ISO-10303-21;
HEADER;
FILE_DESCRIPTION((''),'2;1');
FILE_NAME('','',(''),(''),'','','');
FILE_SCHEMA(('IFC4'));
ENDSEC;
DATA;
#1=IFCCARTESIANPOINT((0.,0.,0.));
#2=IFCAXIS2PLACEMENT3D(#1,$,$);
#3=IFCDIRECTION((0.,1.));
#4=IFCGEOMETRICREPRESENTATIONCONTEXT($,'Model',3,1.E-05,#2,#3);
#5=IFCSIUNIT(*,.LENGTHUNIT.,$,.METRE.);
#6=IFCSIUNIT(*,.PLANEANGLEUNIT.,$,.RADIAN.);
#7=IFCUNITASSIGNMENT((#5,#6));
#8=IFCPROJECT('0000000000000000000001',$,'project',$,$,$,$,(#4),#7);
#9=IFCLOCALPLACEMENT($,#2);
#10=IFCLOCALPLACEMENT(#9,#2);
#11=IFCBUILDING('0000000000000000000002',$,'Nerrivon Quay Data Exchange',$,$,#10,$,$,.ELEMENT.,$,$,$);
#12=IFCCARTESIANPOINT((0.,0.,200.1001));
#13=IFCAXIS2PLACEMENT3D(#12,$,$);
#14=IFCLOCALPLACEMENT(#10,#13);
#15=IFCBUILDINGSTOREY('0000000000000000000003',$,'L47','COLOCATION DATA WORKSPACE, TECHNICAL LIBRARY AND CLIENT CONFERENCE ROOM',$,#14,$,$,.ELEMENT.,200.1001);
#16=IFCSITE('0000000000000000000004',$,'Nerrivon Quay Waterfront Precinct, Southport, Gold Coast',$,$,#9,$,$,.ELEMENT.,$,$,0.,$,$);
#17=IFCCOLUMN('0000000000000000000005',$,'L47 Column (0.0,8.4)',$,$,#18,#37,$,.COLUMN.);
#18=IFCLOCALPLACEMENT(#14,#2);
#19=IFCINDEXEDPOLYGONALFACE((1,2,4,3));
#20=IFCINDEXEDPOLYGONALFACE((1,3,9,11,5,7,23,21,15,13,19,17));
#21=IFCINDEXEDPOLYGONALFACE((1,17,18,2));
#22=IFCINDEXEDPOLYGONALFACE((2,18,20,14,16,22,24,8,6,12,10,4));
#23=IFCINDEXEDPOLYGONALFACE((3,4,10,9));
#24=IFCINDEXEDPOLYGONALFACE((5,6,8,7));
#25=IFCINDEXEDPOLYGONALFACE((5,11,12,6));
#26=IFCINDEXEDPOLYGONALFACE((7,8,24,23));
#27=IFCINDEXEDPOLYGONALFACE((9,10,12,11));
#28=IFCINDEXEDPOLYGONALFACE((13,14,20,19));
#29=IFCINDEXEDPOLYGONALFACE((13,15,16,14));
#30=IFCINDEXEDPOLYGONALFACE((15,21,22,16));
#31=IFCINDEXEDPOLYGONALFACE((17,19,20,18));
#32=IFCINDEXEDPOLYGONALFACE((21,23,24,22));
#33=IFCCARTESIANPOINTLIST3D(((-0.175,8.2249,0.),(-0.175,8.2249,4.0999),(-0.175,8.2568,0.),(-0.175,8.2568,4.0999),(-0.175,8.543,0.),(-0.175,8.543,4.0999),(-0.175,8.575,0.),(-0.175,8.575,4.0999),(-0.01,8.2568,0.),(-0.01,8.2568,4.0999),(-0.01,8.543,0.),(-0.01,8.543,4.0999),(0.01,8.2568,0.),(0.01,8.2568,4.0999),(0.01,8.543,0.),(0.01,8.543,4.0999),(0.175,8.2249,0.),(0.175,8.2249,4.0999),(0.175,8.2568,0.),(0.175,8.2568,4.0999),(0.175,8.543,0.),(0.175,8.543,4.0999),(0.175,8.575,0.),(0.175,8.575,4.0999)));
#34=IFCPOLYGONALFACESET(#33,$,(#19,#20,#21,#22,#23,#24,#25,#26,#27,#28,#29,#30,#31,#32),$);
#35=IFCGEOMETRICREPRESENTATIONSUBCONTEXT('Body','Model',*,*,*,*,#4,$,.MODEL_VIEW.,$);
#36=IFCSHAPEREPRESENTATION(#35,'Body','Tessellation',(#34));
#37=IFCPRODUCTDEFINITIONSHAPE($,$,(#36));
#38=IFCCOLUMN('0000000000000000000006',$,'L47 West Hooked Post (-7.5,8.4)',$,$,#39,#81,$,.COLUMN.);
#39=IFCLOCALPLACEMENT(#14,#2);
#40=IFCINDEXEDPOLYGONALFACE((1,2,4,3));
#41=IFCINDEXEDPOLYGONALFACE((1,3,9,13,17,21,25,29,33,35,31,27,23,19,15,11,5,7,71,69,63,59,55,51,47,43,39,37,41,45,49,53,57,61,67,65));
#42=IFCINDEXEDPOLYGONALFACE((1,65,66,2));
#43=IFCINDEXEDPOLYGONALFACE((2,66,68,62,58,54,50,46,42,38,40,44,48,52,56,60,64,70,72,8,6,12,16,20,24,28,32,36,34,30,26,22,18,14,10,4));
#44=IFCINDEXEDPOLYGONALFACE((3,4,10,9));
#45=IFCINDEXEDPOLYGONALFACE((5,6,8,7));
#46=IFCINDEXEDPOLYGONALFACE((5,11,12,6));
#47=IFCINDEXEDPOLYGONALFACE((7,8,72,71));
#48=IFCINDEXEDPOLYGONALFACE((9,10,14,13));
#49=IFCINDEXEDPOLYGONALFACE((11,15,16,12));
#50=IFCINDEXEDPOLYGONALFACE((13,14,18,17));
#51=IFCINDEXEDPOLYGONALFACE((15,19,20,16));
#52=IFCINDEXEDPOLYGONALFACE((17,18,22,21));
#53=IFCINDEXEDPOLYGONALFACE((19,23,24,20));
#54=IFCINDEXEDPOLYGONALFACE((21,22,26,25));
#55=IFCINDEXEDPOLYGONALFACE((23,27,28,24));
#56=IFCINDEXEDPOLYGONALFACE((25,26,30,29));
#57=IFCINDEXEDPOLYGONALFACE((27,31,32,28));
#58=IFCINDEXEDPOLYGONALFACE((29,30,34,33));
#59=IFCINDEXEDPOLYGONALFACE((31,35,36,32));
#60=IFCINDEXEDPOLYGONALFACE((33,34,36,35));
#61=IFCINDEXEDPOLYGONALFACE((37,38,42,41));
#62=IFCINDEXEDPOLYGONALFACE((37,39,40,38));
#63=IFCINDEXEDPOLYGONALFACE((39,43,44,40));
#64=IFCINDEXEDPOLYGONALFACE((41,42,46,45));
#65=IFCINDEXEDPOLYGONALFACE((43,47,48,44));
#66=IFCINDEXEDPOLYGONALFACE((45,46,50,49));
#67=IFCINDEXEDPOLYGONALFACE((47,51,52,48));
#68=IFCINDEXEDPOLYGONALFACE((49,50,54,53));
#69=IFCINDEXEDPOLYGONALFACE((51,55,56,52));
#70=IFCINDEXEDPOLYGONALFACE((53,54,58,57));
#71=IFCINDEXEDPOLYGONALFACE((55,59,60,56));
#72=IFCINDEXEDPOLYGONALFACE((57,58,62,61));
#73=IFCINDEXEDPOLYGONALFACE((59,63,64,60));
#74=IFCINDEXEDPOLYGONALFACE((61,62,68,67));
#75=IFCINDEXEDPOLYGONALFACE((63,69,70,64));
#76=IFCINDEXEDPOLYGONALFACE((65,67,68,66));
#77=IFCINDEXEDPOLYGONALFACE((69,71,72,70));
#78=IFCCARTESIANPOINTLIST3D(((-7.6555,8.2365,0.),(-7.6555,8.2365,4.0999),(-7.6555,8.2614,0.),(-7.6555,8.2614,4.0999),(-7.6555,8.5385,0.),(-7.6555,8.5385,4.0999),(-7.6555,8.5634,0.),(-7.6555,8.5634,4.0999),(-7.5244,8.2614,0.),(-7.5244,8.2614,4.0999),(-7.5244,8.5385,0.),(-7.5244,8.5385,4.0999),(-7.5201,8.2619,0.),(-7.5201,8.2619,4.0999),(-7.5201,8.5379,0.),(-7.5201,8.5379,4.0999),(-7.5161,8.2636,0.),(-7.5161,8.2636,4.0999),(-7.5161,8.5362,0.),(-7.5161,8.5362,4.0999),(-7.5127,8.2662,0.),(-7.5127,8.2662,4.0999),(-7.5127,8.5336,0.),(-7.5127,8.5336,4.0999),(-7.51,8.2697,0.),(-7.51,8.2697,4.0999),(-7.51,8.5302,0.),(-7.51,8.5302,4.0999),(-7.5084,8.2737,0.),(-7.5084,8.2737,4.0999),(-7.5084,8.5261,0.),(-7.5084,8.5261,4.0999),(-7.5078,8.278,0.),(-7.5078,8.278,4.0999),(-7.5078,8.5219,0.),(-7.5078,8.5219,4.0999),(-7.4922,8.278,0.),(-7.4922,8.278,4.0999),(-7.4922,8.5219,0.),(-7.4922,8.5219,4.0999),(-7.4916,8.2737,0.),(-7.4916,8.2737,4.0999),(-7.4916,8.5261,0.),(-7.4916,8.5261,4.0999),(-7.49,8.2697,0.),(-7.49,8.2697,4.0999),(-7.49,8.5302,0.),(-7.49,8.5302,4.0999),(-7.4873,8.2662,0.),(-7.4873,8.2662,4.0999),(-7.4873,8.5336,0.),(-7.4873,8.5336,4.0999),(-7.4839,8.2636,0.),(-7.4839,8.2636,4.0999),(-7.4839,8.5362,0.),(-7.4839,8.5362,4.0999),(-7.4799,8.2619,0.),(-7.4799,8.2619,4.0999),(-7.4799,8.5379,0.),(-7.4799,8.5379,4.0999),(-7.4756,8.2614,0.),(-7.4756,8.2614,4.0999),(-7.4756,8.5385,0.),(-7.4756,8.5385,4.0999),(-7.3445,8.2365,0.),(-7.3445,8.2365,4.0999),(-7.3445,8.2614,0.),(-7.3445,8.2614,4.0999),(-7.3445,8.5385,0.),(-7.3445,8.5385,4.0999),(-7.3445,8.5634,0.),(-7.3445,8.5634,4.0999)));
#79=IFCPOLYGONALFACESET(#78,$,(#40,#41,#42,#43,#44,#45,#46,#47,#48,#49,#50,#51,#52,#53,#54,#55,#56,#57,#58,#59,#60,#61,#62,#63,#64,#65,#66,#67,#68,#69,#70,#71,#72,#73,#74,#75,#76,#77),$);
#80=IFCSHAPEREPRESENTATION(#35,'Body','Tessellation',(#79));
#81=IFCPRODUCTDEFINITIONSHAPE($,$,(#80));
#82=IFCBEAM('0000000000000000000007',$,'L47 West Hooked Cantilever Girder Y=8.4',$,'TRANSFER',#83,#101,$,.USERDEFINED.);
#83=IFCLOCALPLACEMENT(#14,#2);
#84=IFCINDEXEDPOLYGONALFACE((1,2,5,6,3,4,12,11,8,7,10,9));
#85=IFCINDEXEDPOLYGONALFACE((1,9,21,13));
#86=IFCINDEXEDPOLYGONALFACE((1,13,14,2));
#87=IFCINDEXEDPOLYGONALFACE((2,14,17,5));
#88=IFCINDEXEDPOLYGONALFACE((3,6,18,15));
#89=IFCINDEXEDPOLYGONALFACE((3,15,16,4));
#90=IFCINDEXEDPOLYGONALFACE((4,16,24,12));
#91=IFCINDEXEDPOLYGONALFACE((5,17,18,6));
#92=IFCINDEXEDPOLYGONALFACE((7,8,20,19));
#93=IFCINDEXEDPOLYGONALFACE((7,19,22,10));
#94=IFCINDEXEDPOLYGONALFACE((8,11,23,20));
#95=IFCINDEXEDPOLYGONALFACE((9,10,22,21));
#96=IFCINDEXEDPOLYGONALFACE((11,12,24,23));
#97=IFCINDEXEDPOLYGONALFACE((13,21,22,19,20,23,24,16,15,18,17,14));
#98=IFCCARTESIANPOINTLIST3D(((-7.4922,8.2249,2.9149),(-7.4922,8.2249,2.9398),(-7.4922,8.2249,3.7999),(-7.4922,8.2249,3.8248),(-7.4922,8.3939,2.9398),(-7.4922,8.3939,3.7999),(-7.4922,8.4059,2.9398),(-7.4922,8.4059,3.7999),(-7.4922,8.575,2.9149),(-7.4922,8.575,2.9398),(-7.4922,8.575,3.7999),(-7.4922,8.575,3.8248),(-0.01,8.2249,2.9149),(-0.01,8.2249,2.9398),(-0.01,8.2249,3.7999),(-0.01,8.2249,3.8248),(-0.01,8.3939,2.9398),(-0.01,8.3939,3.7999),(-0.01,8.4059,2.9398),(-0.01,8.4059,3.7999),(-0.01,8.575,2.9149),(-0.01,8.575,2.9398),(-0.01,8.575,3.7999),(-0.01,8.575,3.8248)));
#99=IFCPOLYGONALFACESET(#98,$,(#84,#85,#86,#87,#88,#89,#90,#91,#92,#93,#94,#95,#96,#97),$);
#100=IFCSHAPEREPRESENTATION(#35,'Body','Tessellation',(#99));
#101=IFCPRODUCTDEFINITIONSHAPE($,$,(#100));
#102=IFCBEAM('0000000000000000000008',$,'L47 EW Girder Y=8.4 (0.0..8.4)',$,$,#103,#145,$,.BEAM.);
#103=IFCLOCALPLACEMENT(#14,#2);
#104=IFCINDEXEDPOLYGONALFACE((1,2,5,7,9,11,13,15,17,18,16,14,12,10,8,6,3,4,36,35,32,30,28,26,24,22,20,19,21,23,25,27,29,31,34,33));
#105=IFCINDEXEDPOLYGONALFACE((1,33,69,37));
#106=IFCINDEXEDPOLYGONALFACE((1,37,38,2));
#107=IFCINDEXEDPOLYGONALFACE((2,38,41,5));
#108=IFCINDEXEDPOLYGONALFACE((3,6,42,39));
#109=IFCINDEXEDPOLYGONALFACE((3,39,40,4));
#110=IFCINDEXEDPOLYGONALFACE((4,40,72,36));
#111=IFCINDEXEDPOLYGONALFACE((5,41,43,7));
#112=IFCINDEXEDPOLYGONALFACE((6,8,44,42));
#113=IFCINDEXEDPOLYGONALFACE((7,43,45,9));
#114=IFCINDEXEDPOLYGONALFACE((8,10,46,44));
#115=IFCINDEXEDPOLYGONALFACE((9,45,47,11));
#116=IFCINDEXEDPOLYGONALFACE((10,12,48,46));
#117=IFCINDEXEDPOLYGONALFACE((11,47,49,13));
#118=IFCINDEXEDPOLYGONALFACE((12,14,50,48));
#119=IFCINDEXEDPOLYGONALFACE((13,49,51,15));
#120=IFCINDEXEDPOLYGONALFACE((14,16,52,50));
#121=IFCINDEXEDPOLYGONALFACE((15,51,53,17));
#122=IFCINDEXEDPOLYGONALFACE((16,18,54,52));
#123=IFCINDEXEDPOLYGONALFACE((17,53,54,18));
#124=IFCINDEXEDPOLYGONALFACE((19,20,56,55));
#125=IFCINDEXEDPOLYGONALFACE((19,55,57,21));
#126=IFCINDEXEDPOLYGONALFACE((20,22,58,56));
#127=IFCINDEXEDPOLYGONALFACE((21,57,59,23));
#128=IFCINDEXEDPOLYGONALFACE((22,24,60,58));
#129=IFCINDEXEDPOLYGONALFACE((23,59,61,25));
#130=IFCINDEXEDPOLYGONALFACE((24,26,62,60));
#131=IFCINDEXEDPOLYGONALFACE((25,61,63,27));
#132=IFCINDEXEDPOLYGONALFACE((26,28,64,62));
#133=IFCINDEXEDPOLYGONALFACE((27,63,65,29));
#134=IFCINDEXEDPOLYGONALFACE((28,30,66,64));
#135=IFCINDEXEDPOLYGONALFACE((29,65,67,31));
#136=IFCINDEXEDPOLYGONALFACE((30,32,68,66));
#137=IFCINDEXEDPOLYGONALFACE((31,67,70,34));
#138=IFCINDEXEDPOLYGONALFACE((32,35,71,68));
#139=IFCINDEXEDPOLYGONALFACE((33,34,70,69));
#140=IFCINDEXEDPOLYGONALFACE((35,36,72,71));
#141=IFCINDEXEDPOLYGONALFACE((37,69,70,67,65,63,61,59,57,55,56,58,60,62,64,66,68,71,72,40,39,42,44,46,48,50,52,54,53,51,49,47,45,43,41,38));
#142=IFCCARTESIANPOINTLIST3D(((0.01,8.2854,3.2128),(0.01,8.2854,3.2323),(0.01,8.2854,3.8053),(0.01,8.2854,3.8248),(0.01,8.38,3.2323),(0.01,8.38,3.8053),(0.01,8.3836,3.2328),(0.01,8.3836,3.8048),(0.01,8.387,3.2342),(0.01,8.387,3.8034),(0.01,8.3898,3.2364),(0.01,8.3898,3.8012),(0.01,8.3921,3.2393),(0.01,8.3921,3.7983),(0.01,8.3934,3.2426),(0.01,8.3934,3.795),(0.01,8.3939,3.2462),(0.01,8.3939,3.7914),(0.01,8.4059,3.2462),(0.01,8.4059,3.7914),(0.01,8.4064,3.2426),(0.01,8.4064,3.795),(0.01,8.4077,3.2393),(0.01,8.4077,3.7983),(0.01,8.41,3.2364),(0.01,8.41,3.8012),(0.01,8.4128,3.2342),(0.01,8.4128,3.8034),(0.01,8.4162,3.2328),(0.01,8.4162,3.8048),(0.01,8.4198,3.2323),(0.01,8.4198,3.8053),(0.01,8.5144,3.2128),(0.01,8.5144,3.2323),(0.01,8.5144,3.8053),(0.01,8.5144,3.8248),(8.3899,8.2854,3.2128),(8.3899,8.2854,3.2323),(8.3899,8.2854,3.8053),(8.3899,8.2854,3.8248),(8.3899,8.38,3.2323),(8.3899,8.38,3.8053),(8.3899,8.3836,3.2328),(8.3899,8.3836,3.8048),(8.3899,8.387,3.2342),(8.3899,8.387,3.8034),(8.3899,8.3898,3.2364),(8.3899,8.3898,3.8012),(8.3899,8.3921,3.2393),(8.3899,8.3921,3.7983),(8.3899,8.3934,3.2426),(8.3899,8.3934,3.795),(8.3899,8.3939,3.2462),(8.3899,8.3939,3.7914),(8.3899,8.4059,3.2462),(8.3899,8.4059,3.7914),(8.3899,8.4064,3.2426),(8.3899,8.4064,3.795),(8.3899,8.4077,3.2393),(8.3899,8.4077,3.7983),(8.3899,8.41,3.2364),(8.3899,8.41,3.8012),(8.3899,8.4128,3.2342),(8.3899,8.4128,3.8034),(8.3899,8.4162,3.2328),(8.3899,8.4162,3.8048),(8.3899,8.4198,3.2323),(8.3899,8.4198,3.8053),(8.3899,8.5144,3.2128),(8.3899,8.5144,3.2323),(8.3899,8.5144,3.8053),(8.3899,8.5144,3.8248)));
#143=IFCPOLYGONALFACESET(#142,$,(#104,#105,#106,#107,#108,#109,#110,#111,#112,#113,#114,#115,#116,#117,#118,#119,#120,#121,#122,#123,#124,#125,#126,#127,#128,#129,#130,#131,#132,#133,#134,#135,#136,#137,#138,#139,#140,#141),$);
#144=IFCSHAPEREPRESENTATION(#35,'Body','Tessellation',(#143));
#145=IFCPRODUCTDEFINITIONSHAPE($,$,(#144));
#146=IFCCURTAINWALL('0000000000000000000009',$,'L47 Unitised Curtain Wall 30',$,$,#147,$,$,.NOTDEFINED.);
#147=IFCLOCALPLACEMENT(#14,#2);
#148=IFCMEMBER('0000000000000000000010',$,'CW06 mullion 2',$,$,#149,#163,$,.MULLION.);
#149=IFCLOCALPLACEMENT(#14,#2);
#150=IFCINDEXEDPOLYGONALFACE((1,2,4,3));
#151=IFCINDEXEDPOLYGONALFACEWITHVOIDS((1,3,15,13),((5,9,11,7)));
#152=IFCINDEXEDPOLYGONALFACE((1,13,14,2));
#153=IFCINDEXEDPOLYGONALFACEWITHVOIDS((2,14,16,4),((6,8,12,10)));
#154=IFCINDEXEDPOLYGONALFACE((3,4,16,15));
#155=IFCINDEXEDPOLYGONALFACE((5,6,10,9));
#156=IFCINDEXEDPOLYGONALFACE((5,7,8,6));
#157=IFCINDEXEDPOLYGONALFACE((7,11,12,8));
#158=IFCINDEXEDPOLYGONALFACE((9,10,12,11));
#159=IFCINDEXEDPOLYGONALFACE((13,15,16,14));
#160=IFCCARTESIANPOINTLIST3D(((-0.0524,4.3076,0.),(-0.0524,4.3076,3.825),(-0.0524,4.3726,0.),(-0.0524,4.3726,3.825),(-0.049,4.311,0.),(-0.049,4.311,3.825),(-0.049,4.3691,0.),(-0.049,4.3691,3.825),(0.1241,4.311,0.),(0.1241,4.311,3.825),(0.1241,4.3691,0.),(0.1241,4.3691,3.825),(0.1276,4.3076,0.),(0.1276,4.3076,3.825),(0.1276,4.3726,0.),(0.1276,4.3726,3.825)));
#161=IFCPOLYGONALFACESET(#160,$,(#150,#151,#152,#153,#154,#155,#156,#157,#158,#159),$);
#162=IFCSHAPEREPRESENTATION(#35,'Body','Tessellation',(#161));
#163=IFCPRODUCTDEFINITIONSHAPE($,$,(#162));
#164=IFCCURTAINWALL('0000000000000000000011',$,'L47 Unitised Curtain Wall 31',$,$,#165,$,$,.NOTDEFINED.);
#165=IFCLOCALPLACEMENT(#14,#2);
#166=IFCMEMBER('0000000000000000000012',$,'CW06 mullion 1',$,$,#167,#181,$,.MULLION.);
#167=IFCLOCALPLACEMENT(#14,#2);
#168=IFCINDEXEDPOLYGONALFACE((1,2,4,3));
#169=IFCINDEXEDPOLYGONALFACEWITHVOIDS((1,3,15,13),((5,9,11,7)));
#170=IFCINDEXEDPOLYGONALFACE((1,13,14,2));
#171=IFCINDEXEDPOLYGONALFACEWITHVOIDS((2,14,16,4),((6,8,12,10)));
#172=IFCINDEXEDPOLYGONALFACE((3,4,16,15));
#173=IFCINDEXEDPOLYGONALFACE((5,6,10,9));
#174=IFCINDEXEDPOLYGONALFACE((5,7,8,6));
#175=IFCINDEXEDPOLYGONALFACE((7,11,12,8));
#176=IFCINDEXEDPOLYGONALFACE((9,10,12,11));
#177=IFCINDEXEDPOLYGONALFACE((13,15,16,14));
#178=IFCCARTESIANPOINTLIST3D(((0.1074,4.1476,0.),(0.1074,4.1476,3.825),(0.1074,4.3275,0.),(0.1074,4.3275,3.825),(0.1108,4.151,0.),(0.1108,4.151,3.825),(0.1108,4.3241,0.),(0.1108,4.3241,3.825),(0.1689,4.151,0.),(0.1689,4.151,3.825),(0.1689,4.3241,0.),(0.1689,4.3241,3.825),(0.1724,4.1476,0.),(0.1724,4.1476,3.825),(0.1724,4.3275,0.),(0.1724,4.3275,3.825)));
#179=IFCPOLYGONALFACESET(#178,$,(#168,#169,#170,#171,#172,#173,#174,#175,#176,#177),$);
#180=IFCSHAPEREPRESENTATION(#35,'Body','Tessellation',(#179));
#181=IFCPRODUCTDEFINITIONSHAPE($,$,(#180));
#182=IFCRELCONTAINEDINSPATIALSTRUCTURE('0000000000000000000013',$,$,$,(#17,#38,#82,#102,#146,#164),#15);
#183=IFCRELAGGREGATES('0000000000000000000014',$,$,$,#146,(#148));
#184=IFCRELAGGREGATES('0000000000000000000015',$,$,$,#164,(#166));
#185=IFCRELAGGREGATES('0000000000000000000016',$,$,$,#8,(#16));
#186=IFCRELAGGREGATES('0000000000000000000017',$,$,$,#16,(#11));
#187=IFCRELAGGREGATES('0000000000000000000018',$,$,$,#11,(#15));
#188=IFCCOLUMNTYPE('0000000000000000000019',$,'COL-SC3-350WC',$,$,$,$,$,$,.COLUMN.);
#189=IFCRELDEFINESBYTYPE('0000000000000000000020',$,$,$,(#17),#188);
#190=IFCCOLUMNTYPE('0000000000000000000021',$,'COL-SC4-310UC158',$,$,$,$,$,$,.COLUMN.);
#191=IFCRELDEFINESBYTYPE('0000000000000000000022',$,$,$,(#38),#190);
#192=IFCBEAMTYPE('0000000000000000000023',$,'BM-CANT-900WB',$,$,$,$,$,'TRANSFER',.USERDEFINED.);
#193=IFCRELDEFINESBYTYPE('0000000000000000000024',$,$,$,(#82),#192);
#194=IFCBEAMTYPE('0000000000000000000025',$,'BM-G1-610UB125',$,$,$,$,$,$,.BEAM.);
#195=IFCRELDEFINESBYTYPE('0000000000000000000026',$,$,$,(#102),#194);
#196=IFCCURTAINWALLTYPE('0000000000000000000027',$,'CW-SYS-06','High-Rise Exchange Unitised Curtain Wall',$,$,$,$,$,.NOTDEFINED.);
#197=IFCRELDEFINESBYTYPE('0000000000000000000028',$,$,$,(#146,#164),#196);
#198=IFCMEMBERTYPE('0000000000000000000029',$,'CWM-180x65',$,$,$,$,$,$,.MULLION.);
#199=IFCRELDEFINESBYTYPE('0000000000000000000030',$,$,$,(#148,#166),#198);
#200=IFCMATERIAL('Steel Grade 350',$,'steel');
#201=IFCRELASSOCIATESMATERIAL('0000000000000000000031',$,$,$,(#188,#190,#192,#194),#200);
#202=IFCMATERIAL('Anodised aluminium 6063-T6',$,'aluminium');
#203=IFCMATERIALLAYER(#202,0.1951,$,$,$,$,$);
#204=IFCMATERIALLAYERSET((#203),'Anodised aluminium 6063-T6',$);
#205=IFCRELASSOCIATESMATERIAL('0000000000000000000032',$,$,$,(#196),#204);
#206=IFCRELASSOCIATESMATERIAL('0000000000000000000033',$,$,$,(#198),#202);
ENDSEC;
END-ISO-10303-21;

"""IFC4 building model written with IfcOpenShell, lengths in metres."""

from ifc_helpers import new_model, si_unit, direction, frame, origin, origin_2d, place, context, subcontext, project, spatial, hollow_rectangle, i_section, extrude, material, layer, layer_set, material_profile, profile_set, type_object, element, aggregate, save


model = new_model("IFC4")

# Units and contexts
model_context = context("Model", 3, precision=1e-05, world=origin(), true_north=direction((0.0, 1.0)))
body_context = subcontext(model_context, "Body", "Model", "MODEL_VIEW")
ifc_project = project(units=[si_unit("LENGTHUNIT", "METRE"), si_unit("PLANEANGLEUNIT", "RADIAN")], contexts=[model_context])

# Site, building, storey
site_placement = place(None, origin())
site = spatial("IfcSite", under=ifc_project, at=site_placement, Name="Nerrivon Quay Waterfront Precinct, Southport, Gold Coast", CompositionType="ELEMENT", RefElevation=0.0)
building_placement = place(site_placement, origin())
building = spatial("IfcBuilding", under=site, at=building_placement, Name="Nerrivon Quay Data Exchange", CompositionType="ELEMENT")
storey_placement = place(building_placement, frame((0.0, 0.0, 200.1001)))
storey = spatial("IfcBuildingStorey", under=building, at=storey_placement, Name="L47", Description="COLOCATION DATA WORKSPACE, TECHNICAL LIBRARY AND CLIENT CONFERENCE ROOM", CompositionType="ELEMENT", Elevation=200.1001)

# Columns
ifc_material_1 = material(Name="Steel Grade 350", Category="steel")
ifc_material_profile_1 = material_profile(ifc_material_1, i_section(OverallWidth=0.3501, OverallDepth=0.3501, WebThickness=0.02, FlangeThickness=0.032, at=origin_2d()), Name="350WC230")
ifc_profile_set_1 = profile_set([ifc_material_profile_1], Name="Steel Grade 350")
column_type_1 = type_object("IfcColumnType", Name="COL-SC3-350WC", PredefinedType="COLUMN", material=ifc_profile_set_1)
column_1_placement = place(storey_placement, frame((0.0, 8.3999, 0.0), z_axis=(0.0, 0.0, 1.0), x_axis=(1.0, 0.0, 0.0)))
element("IfcColumn", 1, at=column_1_placement, inside=storey, type_object=column_type_1, Name="L47 Column (0.0,8.4)", PredefinedType="COLUMN", context=body_context, shape_type="SweptSolid", body=[
    extrude(i_section(OverallWidth=0.3501, OverallDepth=0.3501, WebThickness=0.02, FlangeThickness=0.032, at=origin_2d()), origin(), (0.0, 0.0, 1.0), 4.0999),
])
ifc_material_profile_2 = material_profile(ifc_material_1, i_section(OverallWidth=0.311, OverallDepth=0.3269, WebThickness=0.0156, FlangeThickness=0.0249, FilletRadius=0.0166, at=origin_2d()), Name="310UC158")
ifc_profile_set_2 = profile_set([ifc_material_profile_2], Name="Steel Grade 350")
column_type_2 = type_object("IfcColumnType", Name="COL-SC4-310UC158", PredefinedType="COLUMN", material=ifc_profile_set_2)
column_2_placement = place(storey_placement, frame((-7.5, 8.3999, 0.0), z_axis=(0.0, 0.0, 1.0), x_axis=(1.0, 0.0, 0.0)))
element("IfcColumn", 2, at=column_2_placement, inside=storey, type_object=column_type_2, Name="L47 West Hooked Post (-7.5,8.4)", PredefinedType="COLUMN", context=body_context, shape_type="SweptSolid", body=[
    extrude(i_section(OverallWidth=0.311, OverallDepth=0.3269, WebThickness=0.0156, FlangeThickness=0.0249, FilletRadius=0.0166, at=origin_2d()), origin(), (0.0, 0.0, 1.0), 4.0999),
])

# Beams
ifc_material_profile_3 = material_profile(ifc_material_1, i_section(OverallWidth=0.3501, OverallDepth=0.9099, WebThickness=0.012, FlangeThickness=0.0249, at=origin_2d()), Name="900WB218")
ifc_profile_set_3 = profile_set([ifc_material_profile_3], Name="Steel Grade 350")
beam_type_1 = type_object("IfcBeamType", Name="BM-CANT-900WB", ElementType="TRANSFER", PredefinedType="USERDEFINED", material=ifc_profile_set_3)
beam_1_placement = place(storey_placement, frame((-0.01, 8.3999, 3.3699), z_axis=(-1.0, 0.0, 0.0), x_axis=(0.0, -1.0, 0.0)))
element("IfcBeam", 3, at=beam_1_placement, inside=storey, type_object=beam_type_1, Name="L47 West Hooked Cantilever Girder Y=8.4", ObjectType="TRANSFER", PredefinedType="USERDEFINED", context=body_context, shape_type="SweptSolid", body=[
    extrude(i_section(OverallWidth=0.3501, OverallDepth=0.9099, WebThickness=0.012, FlangeThickness=0.0249, at=origin_2d()), origin(), (0.0, 0.0, 1.0), 7.4822),
])
ifc_material_profile_4 = material_profile(ifc_material_1, i_section(OverallWidth=0.229, OverallDepth=0.6121, WebThickness=0.012, FlangeThickness=0.0195, FilletRadius=0.0139, at=origin_2d()), Name="610UB125")
ifc_profile_set_4 = profile_set([ifc_material_profile_4], Name="Steel Grade 350")
beam_type_2 = type_object("IfcBeamType", Name="BM-G1-610UB125", PredefinedType="BEAM", material=ifc_profile_set_4)
beam_2_placement = place(storey_placement, frame((0.01, 8.3999, 3.5188), z_axis=(1.0, 0.0, 0.0), x_axis=(0.0, 1.0, 0.0)))
element("IfcBeam", 4, at=beam_2_placement, inside=storey, type_object=beam_type_2, Name="L47 EW Girder Y=8.4 (0.0..8.4)", PredefinedType="BEAM", context=body_context, shape_type="SweptSolid", body=[
    extrude(i_section(OverallWidth=0.229, OverallDepth=0.6121, WebThickness=0.012, FlangeThickness=0.0195, FilletRadius=0.0139, at=origin_2d()), origin(), (0.0, 0.0, 1.0), 8.3799),
])

# Curtain wall, member
ifc_material_2 = material(Name="Anodised aluminium 6063-T6", Category="aluminium")
ifc_layer_1 = layer(ifc_material_2, 0.1951)
ifc_layer_set_1 = layer_set([ifc_layer_1], Name="Anodised aluminium 6063-T6")
curtain_wall_type_1 = type_object("IfcCurtainWallType", Name="CW-SYS-06", Description="High-Rise Exchange Unitised Curtain Wall", PredefinedType="NOTDEFINED", material=ifc_layer_set_1)
curtain_wall_1_placement = place(storey_placement, origin())
curtain_wall_1 = element("IfcCurtainWall", 5, at=curtain_wall_1_placement, inside=storey, type_object=curtain_wall_type_1, Name="L47 Unitised Curtain Wall 30", PredefinedType="NOTDEFINED")
ifc_material_profile_5 = material_profile(ifc_material_2, hollow_rectangle(XDim=0.0649, YDim=0.1799, WallThickness=0.0034, at=origin_2d()), Name="ALU-MULL-180x65")
ifc_profile_set_5 = profile_set([ifc_material_profile_5], Name="Anodised aluminium 6063-T6")
member_type_1 = type_object("IfcMemberType", Name="CWM-180x65", PredefinedType="MULLION", material=ifc_profile_set_5)
member_1_placement = place(storey_placement, frame((0.0376, 4.3401, 0.0), z_axis=(0.0, 0.0, 1.0), x_axis=(0.0, -1.0, 0.0)))
member_1 = element("IfcMember", 6, at=member_1_placement, type_object=member_type_1, Name="CW06 mullion 2", PredefinedType="MULLION", context=body_context, shape_type="SweptSolid", body=[
    extrude(hollow_rectangle(XDim=0.0649, YDim=0.1799, WallThickness=0.0034, at=origin_2d()), origin(), (0.0, 0.0, 1.0), 3.825),
])

# Curtain wall, member
curtain_wall_2_placement = place(storey_placement, origin())
curtain_wall_2 = element("IfcCurtainWall", 7, at=curtain_wall_2_placement, inside=storey, type_object=curtain_wall_type_1, Name="L47 Unitised Curtain Wall 31", PredefinedType="NOTDEFINED")
member_2_placement = place(storey_placement, frame((0.1399, 4.2375, 0.0), z_axis=(0.0, 0.0, 1.0), x_axis=(-1.0, 0.0, 0.0)))
member_2 = element("IfcMember", 8, at=member_2_placement, type_object=member_type_1, Name="CW06 mullion 1", PredefinedType="MULLION", context=body_context, shape_type="SweptSolid", body=[
    extrude(hollow_rectangle(XDim=0.0649, YDim=0.1799, WallThickness=0.0034, at=origin_2d()), origin(), (0.0, 0.0, 1.0), 3.825),
])

aggregate(curtain_wall_1, [member_1])
aggregate(curtain_wall_2, [member_2])

save(model, "model.ifc")
